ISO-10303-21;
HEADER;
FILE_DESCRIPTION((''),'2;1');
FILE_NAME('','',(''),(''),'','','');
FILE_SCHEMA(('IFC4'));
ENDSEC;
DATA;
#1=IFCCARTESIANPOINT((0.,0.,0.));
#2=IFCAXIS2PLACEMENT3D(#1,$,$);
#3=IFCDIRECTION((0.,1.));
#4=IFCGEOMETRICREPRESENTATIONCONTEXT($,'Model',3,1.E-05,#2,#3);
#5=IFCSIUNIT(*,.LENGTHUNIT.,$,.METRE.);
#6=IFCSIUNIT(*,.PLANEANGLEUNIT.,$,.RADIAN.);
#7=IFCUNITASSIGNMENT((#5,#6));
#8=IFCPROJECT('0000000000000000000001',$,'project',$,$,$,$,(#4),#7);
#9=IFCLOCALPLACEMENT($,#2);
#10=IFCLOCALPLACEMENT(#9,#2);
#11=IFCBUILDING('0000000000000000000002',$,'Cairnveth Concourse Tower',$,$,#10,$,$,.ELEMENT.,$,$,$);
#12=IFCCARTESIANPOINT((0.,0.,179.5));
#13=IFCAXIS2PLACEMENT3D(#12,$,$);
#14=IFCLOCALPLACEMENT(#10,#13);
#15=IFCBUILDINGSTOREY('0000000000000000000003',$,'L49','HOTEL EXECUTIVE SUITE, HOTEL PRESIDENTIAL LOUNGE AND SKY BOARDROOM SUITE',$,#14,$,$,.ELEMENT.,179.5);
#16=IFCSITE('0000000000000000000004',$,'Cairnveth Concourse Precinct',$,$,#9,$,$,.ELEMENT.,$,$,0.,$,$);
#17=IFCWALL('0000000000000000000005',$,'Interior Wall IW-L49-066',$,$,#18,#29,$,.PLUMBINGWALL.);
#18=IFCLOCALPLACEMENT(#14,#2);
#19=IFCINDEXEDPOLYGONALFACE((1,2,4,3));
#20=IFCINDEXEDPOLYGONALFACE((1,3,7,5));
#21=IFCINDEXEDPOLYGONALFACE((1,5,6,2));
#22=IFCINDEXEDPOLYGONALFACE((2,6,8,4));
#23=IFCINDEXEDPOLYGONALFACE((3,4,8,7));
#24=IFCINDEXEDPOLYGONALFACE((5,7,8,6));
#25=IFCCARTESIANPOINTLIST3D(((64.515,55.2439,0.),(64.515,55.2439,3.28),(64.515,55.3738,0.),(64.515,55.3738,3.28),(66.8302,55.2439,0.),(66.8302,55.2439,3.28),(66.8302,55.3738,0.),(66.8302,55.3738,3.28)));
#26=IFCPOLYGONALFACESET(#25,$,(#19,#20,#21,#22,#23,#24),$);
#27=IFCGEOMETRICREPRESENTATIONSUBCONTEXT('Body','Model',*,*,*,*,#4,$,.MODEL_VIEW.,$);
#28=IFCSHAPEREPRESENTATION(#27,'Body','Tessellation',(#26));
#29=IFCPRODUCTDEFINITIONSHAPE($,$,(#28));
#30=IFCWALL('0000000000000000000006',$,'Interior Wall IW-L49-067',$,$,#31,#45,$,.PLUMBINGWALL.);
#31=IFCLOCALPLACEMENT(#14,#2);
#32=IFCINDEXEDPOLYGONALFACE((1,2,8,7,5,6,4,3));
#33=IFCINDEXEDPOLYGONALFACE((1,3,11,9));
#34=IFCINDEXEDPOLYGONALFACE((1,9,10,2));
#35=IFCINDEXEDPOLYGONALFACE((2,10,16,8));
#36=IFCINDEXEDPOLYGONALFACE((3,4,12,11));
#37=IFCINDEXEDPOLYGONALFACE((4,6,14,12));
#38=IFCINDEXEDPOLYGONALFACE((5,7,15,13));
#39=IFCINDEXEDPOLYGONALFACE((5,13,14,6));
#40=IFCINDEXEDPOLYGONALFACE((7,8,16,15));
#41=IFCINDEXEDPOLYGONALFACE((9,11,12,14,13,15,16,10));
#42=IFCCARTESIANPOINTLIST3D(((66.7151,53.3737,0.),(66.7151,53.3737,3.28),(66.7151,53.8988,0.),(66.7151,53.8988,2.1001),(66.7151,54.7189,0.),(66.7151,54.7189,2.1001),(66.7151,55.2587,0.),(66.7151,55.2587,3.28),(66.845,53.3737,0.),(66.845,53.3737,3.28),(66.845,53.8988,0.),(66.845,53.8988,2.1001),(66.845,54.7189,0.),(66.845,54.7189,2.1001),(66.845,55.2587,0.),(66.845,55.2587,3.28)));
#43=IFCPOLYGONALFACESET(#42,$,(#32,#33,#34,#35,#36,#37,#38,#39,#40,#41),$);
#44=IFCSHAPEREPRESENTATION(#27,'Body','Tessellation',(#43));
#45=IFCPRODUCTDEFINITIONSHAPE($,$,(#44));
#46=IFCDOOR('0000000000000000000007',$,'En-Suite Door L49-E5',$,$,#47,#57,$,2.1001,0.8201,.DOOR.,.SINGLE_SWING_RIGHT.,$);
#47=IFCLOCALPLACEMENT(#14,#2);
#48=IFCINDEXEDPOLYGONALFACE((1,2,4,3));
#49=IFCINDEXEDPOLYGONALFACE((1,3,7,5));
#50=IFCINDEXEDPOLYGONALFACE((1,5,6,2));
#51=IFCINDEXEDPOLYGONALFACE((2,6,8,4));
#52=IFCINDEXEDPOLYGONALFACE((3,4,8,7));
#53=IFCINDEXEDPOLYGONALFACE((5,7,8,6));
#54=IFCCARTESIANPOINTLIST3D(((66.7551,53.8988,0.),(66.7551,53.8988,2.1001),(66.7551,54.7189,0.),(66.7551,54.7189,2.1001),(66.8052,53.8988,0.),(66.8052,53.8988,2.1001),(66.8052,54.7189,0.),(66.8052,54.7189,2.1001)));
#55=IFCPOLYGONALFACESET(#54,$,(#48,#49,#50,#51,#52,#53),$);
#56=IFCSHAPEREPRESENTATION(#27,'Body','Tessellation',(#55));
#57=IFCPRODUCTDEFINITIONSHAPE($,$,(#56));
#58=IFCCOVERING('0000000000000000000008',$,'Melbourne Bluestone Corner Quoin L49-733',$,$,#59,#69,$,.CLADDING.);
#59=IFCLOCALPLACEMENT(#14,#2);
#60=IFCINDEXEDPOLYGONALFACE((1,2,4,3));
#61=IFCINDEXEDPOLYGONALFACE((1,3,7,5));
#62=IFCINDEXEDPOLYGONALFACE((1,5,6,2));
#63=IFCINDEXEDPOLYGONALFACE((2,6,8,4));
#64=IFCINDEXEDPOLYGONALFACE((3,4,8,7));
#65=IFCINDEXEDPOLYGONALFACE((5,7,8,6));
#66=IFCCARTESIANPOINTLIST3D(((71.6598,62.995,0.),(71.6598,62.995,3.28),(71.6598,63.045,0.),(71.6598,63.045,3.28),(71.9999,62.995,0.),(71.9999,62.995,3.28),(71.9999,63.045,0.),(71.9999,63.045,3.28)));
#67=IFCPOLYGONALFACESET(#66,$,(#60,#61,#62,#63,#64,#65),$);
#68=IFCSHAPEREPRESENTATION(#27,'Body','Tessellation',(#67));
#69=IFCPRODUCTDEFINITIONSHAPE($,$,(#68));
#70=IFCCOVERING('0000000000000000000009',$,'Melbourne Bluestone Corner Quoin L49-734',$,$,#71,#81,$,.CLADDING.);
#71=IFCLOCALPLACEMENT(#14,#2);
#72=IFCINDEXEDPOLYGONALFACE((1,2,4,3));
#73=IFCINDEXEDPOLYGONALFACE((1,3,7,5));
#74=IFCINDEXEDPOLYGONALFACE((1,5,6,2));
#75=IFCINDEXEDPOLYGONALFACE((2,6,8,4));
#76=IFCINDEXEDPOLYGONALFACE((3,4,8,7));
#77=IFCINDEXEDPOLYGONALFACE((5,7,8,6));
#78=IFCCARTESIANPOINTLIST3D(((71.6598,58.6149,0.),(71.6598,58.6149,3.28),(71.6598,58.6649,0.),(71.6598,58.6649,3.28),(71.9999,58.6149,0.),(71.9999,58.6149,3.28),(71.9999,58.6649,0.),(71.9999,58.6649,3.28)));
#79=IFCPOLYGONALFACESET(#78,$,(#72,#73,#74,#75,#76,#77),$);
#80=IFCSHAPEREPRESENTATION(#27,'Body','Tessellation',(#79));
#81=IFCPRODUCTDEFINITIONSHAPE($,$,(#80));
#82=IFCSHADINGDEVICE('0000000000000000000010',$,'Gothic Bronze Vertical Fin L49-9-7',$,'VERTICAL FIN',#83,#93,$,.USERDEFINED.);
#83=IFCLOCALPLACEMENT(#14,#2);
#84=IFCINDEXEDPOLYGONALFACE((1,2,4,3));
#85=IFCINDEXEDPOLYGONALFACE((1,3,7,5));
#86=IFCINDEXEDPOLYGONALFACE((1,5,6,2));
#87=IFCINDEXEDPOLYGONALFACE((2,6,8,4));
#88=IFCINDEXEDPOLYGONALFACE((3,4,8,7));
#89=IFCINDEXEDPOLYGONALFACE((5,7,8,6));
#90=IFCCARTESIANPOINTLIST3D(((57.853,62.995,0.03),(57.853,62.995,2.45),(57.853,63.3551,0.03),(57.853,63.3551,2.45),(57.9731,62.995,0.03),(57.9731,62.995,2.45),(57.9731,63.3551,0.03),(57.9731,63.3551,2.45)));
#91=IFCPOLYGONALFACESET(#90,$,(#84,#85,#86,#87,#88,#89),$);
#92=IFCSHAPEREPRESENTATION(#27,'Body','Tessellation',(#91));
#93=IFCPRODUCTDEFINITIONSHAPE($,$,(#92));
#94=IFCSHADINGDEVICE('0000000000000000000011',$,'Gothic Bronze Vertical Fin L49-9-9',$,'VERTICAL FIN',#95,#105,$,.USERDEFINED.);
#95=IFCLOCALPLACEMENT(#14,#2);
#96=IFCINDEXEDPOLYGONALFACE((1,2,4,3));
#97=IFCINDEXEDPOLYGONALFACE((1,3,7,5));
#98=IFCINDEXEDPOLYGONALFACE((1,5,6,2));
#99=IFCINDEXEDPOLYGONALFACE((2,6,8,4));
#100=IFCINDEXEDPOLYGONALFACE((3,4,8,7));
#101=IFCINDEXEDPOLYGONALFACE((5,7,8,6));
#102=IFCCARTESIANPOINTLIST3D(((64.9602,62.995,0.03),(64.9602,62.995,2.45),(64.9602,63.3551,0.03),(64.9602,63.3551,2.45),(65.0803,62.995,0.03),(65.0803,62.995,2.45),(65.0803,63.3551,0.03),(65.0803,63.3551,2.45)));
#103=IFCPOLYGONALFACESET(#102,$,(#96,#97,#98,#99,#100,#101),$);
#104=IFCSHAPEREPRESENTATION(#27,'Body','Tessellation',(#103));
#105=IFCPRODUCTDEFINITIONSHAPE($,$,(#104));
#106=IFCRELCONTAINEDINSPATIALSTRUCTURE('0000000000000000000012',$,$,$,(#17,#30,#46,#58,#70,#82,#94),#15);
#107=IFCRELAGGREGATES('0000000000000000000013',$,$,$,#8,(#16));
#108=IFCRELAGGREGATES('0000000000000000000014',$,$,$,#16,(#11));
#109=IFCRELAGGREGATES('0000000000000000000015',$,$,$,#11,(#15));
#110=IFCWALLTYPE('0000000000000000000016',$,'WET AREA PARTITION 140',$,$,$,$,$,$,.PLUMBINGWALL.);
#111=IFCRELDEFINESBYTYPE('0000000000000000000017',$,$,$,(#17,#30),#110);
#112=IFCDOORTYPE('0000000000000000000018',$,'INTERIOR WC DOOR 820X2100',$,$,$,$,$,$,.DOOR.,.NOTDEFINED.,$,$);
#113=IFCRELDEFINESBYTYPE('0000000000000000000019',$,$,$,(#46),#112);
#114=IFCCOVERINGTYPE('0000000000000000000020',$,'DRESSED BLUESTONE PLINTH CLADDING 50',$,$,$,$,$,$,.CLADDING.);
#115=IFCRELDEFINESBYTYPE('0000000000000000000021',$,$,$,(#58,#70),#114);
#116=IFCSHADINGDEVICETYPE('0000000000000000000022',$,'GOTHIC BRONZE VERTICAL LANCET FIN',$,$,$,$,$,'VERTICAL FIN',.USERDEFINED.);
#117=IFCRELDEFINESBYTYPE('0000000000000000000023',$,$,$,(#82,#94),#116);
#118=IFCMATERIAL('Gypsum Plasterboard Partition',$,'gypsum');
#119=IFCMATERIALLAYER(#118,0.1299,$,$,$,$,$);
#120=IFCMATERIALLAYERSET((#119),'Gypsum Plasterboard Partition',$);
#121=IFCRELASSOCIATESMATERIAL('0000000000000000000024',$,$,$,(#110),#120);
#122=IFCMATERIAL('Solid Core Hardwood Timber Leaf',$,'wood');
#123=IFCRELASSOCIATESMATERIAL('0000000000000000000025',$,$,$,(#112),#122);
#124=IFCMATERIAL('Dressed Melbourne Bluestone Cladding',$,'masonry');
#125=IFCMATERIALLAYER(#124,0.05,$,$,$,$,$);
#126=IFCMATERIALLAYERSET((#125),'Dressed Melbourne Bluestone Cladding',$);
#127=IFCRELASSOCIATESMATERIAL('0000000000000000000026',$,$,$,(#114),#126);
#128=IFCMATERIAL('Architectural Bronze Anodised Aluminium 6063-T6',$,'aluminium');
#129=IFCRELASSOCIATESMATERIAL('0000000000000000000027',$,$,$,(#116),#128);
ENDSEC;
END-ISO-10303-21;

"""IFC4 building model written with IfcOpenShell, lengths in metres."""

from ifc_helpers import new_model, si_unit, direction, frame, frame_2d, origin, origin_2d, place, context, subcontext, project, spatial, rectangle, extrude, material, layer, layer_set, type_object, element, fill, save


model = new_model("IFC4")

# Units and contexts
model_context = context("Model", 3, precision=1e-05, world=origin(), true_north=direction((0.0, 1.0)))
body_context = subcontext(model_context, "Body", "Model", "MODEL_VIEW")
ifc_project = project(units=[si_unit("LENGTHUNIT", "METRE"), si_unit("PLANEANGLEUNIT", "RADIAN")], contexts=[model_context])

# Site, building, storey
site_placement = place(None, origin())
site = spatial("IfcSite", under=ifc_project, at=site_placement, Name="Cairnveth Concourse Precinct", CompositionType="ELEMENT", RefElevation=0.0)
building_placement = place(site_placement, origin())
building = spatial("IfcBuilding", under=site, at=building_placement, Name="Cairnveth Concourse Tower", CompositionType="ELEMENT")
storey_placement = place(building_placement, frame((0.0, 0.0, 179.5)))
storey = spatial("IfcBuildingStorey", under=building, at=storey_placement, Name="L49", Description="HOTEL EXECUTIVE SUITE, HOTEL PRESIDENTIAL LOUNGE AND SKY BOARDROOM SUITE", CompositionType="ELEMENT", Elevation=179.5)

# Shared definitions
ifc_material_1 = material(Name="Gypsum Plasterboard Partition", Category="gypsum")
ifc_material_2 = material(Name="Solid Core Hardwood Timber Leaf", Category="wood")

# Wall
ifc_layer_1 = layer(ifc_material_1, 0.1299)
ifc_layer_set_1 = layer_set([ifc_layer_1], Name="Gypsum Plasterboard Partition")
wall_type_1 = type_object("IfcWallType", Name="WET AREA PARTITION 140", PredefinedType="PLUMBINGWALL", material=ifc_layer_set_1)
wall_1_placement = place(storey_placement, frame((64.5149, 55.3088, 0.0), z_axis=(0.0, 0.0, 1.0), x_axis=(1.0, 0.0, 0.0)))
element("IfcWall", 1, at=wall_1_placement, inside=storey, type_object=wall_type_1, Name="Interior Wall IW-L49-066", PredefinedType="PLUMBINGWALL", context=body_context, shape_type="SweptSolid", body=[
    extrude(rectangle(XDim=2.3152, YDim=0.1299, at=frame_2d((1.1577, 0.0))), origin(), (0.0, 0.0, 1.0), 3.28),
])

# Wall, opening, door
wall_2_placement = place(storey_placement, frame((66.78, 53.3738, 0.0), z_axis=(0.0, 0.0, 1.0), x_axis=(0.0, 1.0, 0.0)))
wall_2 = element("IfcWall", 2, at=wall_2_placement, inside=storey, type_object=wall_type_1, Name="Interior Wall IW-L49-067", PredefinedType="PLUMBINGWALL", context=body_context, shape_type="SweptSolid", body=[
    extrude(rectangle(XDim=1.885, YDim=0.1299, at=frame_2d((0.9424, 0.0))), origin(), (0.0, 0.0, 1.0), 3.28),
])
opening_1_placement = place(wall_2_placement, frame((0.5249, 0.0, 0.0)))
opening_1 = element("IfcOpeningElement", 3, at=opening_1_placement, cuts=wall_2, PredefinedType="OPENING", context=body_context, shape_type="SweptSolid", body=[
    extrude(rectangle(XDim=0.8201, YDim=2.1001, at=frame_2d((0.4102, 1.05))), frame((0.0, 0.075, 0.0), z_axis=(0.0, -1.0, 0.0), x_axis=(1.0, 0.0, 0.0)), (0.0, 0.0, 1.0), 0.1499),
])
door_type_1 = type_object("IfcDoorType", Name="INTERIOR WC DOOR 820X2100", OperationType="NOTDEFINED", PredefinedType="DOOR", material=ifc_material_2)
door_1_placement = place(opening_1_placement, origin())
door_1 = element("IfcDoor", 4, at=door_1_placement, inside=storey, type_object=door_type_1, Name="En-Suite Door L49-E5", OperationType="SINGLE_SWING_RIGHT", OverallHeight=2.1001, OverallWidth=0.8201, PredefinedType="DOOR", context=body_context, shape_type="SweptSolid", body=[
    extrude(rectangle(XDim=0.8201, YDim=2.1001, at=frame_2d((0.4102, 1.05))), frame((0.0, 0.0249, 0.0), z_axis=(0.0, -1.0, 0.0), x_axis=(1.0, 0.0, 0.0)), (0.0, 0.0, 1.0), 0.05),
])
fill(opening_1, door_1)

# Coverings
ifc_material_3 = material(Name="Dressed Melbourne Bluestone Cladding", Category="masonry")
ifc_layer_2 = layer(ifc_material_3, 0.05)
ifc_layer_set_2 = layer_set([ifc_layer_2], Name="Dressed Melbourne Bluestone Cladding")
covering_type = type_object("IfcCoveringType", Name="DRESSED BLUESTONE PLINTH CLADDING 50", PredefinedType="CLADDING", material=ifc_layer_set_2)
for number, where, z_axis, x_axis, name in (
    (5, (71.6599, 63.02, 0.0), (0.0, 0.0, 1.0), (1.0, 0.0, 0.0), "Melbourne Bluestone Corner Quoin L49-733"),
    (6, (71.6599, 58.6399, 0.0), (0.0, 0.0, 1.0), (1.0, 0.0, 0.0), "Melbourne Bluestone Corner Quoin L49-734"),
):
    element("IfcCovering", number, at=place(storey_placement, frame(where, z_axis=z_axis, x_axis=x_axis)), inside=storey, type_object=covering_type, Name=name, PredefinedType="CLADDING", context=body_context, shape_type="SweptSolid", body=[
        extrude(rectangle(XDim=0.3401, YDim=0.05, at=frame_2d((0.1699, 0.0))), origin(), (0.0, 0.0, 1.0), 3.28),
    ])

# Shading devices
ifc_material_4 = material(Name="Architectural Bronze Anodised Aluminium 6063-T6", Category="aluminium")
shading_device_type = type_object("IfcShadingDeviceType", Name="GOTHIC BRONZE VERTICAL LANCET FIN", ElementType="VERTICAL FIN", PredefinedType="USERDEFINED", material=ifc_material_4)
for number, where, z_axis, x_axis, name in (
    (7, (57.9131, 63.175, 0.03), (0.0, 0.0, 1.0), (1.0, 0.0, 0.0), "Gothic Bronze Vertical Fin L49-9-7"),
    (8, (65.0203, 63.175, 0.03), (0.0, 0.0, 1.0), (1.0, 0.0, 0.0), "Gothic Bronze Vertical Fin L49-9-9"),
):
    element("IfcShadingDevice", number, at=place(storey_placement, frame(where, z_axis=z_axis, x_axis=x_axis)), inside=storey, type_object=shading_device_type, Name=name, ObjectType="VERTICAL FIN", PredefinedType="USERDEFINED", context=body_context, shape_type="SweptSolid", body=[
        extrude(rectangle(XDim=0.1201, YDim=0.3601, at=origin_2d()), origin(), (0.0, 0.0, 1.0), 2.4199),
    ])

save(model, "model.ifc")
